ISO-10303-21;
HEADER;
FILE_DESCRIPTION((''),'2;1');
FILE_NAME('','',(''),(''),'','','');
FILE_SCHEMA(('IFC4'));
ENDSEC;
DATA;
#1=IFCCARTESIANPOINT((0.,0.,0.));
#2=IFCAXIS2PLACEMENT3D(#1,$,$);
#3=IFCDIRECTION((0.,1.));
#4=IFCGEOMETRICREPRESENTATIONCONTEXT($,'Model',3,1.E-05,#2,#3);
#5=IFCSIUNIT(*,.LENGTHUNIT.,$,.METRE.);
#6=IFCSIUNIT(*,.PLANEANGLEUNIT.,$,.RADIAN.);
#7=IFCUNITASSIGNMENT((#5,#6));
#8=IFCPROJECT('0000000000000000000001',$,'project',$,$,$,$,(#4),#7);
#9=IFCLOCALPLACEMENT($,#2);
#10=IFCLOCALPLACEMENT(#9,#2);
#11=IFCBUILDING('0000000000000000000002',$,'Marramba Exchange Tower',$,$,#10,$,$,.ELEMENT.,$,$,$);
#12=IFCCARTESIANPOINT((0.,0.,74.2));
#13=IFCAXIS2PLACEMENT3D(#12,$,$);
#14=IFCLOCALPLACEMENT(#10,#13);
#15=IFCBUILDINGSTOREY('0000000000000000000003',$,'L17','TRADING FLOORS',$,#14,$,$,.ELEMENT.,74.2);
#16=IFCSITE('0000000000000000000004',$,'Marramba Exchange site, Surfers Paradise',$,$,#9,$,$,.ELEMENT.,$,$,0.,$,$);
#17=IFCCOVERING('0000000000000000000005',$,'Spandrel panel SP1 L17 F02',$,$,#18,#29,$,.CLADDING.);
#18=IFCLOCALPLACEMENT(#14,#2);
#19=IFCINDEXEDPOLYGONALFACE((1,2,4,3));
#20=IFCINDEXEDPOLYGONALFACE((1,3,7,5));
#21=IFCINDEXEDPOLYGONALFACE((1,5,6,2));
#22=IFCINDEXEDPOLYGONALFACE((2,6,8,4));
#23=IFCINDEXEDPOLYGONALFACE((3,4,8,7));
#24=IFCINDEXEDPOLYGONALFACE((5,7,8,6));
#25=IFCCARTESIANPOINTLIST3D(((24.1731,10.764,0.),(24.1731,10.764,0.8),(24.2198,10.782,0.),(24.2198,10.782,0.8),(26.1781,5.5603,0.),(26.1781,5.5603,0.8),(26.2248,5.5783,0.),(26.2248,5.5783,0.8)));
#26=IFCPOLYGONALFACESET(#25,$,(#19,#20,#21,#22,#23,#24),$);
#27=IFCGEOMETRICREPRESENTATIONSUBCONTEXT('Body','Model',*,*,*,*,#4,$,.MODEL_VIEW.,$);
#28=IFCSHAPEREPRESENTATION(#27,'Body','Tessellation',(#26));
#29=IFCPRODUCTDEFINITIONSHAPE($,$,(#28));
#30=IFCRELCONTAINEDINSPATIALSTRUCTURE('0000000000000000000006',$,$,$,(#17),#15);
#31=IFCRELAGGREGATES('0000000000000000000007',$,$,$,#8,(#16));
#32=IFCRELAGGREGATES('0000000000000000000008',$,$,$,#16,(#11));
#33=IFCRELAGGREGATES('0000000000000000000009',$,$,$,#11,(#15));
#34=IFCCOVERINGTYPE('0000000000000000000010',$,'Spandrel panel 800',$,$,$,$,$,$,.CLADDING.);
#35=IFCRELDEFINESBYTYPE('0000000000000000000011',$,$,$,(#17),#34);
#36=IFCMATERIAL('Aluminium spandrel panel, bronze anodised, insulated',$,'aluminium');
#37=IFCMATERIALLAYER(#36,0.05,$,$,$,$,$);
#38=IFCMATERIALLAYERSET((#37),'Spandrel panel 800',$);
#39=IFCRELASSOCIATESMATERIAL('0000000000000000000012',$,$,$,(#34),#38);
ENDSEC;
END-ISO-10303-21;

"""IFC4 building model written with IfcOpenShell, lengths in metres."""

from ifc_helpers import new_model, si_unit, direction, frame, origin, origin_2d, place, context, subcontext, project, spatial, rectangle, extrude, material, layer, layer_set, type_object, element, save


model = new_model("IFC4")

# Units and contexts
model_context = context("Model", 3, precision=1e-05, world=origin(), true_north=direction((0.0, 1.0)))
body_context = subcontext(model_context, "Body", "Model", "MODEL_VIEW")
ifc_project = project(units=[si_unit("LENGTHUNIT", "METRE"), si_unit("PLANEANGLEUNIT", "RADIAN")], contexts=[model_context])

# Site, building, storey
site_placement = place(None, origin())
site = spatial("IfcSite", under=ifc_project, at=site_placement, Name="Marramba Exchange site, Surfers Paradise", CompositionType="ELEMENT", RefElevation=0.0)
building_placement = place(site_placement, origin())
building = spatial("IfcBuilding", under=site, at=building_placement, Name="Marramba Exchange Tower", CompositionType="ELEMENT")
storey_placement = place(building_placement, frame((0.0, 0.0, 74.2)))
storey = spatial("IfcBuildingStorey", under=building, at=storey_placement, Name="L17", Description="TRADING FLOORS", CompositionType="ELEMENT", Elevation=74.2)

# Covering
ifc_material_1 = material(Name="Aluminium spandrel panel, bronze anodised, insulated", Category="aluminium")
ifc_layer_1 = layer(ifc_material_1, 0.05)
ifc_layer_set_1 = layer_set([ifc_layer_1], Name="Spandrel panel 800")
covering_type = type_object("IfcCoveringType", Name="Spandrel panel 800", PredefinedType="CLADDING", material=ifc_layer_set_1)
covering_1_placement = place(storey_placement, frame((25.199, 8.1711, 0.0), z_axis=(0.0, 0.0, 1.0), x_axis=(-0.359526, 0.933135, 0.0)))
element("IfcCovering", 1, at=covering_1_placement, inside=storey, type_object=covering_type, Name="Spandrel panel SP1 L17 F02", PredefinedType="CLADDING", context=body_context, shape_type="SweptSolid", body=[
    extrude(rectangle(XDim=5.5767, YDim=0.05, at=origin_2d()), origin(), (0.0, 0.0, 1.0), 0.8),
])

save(model, "model.ifc")
